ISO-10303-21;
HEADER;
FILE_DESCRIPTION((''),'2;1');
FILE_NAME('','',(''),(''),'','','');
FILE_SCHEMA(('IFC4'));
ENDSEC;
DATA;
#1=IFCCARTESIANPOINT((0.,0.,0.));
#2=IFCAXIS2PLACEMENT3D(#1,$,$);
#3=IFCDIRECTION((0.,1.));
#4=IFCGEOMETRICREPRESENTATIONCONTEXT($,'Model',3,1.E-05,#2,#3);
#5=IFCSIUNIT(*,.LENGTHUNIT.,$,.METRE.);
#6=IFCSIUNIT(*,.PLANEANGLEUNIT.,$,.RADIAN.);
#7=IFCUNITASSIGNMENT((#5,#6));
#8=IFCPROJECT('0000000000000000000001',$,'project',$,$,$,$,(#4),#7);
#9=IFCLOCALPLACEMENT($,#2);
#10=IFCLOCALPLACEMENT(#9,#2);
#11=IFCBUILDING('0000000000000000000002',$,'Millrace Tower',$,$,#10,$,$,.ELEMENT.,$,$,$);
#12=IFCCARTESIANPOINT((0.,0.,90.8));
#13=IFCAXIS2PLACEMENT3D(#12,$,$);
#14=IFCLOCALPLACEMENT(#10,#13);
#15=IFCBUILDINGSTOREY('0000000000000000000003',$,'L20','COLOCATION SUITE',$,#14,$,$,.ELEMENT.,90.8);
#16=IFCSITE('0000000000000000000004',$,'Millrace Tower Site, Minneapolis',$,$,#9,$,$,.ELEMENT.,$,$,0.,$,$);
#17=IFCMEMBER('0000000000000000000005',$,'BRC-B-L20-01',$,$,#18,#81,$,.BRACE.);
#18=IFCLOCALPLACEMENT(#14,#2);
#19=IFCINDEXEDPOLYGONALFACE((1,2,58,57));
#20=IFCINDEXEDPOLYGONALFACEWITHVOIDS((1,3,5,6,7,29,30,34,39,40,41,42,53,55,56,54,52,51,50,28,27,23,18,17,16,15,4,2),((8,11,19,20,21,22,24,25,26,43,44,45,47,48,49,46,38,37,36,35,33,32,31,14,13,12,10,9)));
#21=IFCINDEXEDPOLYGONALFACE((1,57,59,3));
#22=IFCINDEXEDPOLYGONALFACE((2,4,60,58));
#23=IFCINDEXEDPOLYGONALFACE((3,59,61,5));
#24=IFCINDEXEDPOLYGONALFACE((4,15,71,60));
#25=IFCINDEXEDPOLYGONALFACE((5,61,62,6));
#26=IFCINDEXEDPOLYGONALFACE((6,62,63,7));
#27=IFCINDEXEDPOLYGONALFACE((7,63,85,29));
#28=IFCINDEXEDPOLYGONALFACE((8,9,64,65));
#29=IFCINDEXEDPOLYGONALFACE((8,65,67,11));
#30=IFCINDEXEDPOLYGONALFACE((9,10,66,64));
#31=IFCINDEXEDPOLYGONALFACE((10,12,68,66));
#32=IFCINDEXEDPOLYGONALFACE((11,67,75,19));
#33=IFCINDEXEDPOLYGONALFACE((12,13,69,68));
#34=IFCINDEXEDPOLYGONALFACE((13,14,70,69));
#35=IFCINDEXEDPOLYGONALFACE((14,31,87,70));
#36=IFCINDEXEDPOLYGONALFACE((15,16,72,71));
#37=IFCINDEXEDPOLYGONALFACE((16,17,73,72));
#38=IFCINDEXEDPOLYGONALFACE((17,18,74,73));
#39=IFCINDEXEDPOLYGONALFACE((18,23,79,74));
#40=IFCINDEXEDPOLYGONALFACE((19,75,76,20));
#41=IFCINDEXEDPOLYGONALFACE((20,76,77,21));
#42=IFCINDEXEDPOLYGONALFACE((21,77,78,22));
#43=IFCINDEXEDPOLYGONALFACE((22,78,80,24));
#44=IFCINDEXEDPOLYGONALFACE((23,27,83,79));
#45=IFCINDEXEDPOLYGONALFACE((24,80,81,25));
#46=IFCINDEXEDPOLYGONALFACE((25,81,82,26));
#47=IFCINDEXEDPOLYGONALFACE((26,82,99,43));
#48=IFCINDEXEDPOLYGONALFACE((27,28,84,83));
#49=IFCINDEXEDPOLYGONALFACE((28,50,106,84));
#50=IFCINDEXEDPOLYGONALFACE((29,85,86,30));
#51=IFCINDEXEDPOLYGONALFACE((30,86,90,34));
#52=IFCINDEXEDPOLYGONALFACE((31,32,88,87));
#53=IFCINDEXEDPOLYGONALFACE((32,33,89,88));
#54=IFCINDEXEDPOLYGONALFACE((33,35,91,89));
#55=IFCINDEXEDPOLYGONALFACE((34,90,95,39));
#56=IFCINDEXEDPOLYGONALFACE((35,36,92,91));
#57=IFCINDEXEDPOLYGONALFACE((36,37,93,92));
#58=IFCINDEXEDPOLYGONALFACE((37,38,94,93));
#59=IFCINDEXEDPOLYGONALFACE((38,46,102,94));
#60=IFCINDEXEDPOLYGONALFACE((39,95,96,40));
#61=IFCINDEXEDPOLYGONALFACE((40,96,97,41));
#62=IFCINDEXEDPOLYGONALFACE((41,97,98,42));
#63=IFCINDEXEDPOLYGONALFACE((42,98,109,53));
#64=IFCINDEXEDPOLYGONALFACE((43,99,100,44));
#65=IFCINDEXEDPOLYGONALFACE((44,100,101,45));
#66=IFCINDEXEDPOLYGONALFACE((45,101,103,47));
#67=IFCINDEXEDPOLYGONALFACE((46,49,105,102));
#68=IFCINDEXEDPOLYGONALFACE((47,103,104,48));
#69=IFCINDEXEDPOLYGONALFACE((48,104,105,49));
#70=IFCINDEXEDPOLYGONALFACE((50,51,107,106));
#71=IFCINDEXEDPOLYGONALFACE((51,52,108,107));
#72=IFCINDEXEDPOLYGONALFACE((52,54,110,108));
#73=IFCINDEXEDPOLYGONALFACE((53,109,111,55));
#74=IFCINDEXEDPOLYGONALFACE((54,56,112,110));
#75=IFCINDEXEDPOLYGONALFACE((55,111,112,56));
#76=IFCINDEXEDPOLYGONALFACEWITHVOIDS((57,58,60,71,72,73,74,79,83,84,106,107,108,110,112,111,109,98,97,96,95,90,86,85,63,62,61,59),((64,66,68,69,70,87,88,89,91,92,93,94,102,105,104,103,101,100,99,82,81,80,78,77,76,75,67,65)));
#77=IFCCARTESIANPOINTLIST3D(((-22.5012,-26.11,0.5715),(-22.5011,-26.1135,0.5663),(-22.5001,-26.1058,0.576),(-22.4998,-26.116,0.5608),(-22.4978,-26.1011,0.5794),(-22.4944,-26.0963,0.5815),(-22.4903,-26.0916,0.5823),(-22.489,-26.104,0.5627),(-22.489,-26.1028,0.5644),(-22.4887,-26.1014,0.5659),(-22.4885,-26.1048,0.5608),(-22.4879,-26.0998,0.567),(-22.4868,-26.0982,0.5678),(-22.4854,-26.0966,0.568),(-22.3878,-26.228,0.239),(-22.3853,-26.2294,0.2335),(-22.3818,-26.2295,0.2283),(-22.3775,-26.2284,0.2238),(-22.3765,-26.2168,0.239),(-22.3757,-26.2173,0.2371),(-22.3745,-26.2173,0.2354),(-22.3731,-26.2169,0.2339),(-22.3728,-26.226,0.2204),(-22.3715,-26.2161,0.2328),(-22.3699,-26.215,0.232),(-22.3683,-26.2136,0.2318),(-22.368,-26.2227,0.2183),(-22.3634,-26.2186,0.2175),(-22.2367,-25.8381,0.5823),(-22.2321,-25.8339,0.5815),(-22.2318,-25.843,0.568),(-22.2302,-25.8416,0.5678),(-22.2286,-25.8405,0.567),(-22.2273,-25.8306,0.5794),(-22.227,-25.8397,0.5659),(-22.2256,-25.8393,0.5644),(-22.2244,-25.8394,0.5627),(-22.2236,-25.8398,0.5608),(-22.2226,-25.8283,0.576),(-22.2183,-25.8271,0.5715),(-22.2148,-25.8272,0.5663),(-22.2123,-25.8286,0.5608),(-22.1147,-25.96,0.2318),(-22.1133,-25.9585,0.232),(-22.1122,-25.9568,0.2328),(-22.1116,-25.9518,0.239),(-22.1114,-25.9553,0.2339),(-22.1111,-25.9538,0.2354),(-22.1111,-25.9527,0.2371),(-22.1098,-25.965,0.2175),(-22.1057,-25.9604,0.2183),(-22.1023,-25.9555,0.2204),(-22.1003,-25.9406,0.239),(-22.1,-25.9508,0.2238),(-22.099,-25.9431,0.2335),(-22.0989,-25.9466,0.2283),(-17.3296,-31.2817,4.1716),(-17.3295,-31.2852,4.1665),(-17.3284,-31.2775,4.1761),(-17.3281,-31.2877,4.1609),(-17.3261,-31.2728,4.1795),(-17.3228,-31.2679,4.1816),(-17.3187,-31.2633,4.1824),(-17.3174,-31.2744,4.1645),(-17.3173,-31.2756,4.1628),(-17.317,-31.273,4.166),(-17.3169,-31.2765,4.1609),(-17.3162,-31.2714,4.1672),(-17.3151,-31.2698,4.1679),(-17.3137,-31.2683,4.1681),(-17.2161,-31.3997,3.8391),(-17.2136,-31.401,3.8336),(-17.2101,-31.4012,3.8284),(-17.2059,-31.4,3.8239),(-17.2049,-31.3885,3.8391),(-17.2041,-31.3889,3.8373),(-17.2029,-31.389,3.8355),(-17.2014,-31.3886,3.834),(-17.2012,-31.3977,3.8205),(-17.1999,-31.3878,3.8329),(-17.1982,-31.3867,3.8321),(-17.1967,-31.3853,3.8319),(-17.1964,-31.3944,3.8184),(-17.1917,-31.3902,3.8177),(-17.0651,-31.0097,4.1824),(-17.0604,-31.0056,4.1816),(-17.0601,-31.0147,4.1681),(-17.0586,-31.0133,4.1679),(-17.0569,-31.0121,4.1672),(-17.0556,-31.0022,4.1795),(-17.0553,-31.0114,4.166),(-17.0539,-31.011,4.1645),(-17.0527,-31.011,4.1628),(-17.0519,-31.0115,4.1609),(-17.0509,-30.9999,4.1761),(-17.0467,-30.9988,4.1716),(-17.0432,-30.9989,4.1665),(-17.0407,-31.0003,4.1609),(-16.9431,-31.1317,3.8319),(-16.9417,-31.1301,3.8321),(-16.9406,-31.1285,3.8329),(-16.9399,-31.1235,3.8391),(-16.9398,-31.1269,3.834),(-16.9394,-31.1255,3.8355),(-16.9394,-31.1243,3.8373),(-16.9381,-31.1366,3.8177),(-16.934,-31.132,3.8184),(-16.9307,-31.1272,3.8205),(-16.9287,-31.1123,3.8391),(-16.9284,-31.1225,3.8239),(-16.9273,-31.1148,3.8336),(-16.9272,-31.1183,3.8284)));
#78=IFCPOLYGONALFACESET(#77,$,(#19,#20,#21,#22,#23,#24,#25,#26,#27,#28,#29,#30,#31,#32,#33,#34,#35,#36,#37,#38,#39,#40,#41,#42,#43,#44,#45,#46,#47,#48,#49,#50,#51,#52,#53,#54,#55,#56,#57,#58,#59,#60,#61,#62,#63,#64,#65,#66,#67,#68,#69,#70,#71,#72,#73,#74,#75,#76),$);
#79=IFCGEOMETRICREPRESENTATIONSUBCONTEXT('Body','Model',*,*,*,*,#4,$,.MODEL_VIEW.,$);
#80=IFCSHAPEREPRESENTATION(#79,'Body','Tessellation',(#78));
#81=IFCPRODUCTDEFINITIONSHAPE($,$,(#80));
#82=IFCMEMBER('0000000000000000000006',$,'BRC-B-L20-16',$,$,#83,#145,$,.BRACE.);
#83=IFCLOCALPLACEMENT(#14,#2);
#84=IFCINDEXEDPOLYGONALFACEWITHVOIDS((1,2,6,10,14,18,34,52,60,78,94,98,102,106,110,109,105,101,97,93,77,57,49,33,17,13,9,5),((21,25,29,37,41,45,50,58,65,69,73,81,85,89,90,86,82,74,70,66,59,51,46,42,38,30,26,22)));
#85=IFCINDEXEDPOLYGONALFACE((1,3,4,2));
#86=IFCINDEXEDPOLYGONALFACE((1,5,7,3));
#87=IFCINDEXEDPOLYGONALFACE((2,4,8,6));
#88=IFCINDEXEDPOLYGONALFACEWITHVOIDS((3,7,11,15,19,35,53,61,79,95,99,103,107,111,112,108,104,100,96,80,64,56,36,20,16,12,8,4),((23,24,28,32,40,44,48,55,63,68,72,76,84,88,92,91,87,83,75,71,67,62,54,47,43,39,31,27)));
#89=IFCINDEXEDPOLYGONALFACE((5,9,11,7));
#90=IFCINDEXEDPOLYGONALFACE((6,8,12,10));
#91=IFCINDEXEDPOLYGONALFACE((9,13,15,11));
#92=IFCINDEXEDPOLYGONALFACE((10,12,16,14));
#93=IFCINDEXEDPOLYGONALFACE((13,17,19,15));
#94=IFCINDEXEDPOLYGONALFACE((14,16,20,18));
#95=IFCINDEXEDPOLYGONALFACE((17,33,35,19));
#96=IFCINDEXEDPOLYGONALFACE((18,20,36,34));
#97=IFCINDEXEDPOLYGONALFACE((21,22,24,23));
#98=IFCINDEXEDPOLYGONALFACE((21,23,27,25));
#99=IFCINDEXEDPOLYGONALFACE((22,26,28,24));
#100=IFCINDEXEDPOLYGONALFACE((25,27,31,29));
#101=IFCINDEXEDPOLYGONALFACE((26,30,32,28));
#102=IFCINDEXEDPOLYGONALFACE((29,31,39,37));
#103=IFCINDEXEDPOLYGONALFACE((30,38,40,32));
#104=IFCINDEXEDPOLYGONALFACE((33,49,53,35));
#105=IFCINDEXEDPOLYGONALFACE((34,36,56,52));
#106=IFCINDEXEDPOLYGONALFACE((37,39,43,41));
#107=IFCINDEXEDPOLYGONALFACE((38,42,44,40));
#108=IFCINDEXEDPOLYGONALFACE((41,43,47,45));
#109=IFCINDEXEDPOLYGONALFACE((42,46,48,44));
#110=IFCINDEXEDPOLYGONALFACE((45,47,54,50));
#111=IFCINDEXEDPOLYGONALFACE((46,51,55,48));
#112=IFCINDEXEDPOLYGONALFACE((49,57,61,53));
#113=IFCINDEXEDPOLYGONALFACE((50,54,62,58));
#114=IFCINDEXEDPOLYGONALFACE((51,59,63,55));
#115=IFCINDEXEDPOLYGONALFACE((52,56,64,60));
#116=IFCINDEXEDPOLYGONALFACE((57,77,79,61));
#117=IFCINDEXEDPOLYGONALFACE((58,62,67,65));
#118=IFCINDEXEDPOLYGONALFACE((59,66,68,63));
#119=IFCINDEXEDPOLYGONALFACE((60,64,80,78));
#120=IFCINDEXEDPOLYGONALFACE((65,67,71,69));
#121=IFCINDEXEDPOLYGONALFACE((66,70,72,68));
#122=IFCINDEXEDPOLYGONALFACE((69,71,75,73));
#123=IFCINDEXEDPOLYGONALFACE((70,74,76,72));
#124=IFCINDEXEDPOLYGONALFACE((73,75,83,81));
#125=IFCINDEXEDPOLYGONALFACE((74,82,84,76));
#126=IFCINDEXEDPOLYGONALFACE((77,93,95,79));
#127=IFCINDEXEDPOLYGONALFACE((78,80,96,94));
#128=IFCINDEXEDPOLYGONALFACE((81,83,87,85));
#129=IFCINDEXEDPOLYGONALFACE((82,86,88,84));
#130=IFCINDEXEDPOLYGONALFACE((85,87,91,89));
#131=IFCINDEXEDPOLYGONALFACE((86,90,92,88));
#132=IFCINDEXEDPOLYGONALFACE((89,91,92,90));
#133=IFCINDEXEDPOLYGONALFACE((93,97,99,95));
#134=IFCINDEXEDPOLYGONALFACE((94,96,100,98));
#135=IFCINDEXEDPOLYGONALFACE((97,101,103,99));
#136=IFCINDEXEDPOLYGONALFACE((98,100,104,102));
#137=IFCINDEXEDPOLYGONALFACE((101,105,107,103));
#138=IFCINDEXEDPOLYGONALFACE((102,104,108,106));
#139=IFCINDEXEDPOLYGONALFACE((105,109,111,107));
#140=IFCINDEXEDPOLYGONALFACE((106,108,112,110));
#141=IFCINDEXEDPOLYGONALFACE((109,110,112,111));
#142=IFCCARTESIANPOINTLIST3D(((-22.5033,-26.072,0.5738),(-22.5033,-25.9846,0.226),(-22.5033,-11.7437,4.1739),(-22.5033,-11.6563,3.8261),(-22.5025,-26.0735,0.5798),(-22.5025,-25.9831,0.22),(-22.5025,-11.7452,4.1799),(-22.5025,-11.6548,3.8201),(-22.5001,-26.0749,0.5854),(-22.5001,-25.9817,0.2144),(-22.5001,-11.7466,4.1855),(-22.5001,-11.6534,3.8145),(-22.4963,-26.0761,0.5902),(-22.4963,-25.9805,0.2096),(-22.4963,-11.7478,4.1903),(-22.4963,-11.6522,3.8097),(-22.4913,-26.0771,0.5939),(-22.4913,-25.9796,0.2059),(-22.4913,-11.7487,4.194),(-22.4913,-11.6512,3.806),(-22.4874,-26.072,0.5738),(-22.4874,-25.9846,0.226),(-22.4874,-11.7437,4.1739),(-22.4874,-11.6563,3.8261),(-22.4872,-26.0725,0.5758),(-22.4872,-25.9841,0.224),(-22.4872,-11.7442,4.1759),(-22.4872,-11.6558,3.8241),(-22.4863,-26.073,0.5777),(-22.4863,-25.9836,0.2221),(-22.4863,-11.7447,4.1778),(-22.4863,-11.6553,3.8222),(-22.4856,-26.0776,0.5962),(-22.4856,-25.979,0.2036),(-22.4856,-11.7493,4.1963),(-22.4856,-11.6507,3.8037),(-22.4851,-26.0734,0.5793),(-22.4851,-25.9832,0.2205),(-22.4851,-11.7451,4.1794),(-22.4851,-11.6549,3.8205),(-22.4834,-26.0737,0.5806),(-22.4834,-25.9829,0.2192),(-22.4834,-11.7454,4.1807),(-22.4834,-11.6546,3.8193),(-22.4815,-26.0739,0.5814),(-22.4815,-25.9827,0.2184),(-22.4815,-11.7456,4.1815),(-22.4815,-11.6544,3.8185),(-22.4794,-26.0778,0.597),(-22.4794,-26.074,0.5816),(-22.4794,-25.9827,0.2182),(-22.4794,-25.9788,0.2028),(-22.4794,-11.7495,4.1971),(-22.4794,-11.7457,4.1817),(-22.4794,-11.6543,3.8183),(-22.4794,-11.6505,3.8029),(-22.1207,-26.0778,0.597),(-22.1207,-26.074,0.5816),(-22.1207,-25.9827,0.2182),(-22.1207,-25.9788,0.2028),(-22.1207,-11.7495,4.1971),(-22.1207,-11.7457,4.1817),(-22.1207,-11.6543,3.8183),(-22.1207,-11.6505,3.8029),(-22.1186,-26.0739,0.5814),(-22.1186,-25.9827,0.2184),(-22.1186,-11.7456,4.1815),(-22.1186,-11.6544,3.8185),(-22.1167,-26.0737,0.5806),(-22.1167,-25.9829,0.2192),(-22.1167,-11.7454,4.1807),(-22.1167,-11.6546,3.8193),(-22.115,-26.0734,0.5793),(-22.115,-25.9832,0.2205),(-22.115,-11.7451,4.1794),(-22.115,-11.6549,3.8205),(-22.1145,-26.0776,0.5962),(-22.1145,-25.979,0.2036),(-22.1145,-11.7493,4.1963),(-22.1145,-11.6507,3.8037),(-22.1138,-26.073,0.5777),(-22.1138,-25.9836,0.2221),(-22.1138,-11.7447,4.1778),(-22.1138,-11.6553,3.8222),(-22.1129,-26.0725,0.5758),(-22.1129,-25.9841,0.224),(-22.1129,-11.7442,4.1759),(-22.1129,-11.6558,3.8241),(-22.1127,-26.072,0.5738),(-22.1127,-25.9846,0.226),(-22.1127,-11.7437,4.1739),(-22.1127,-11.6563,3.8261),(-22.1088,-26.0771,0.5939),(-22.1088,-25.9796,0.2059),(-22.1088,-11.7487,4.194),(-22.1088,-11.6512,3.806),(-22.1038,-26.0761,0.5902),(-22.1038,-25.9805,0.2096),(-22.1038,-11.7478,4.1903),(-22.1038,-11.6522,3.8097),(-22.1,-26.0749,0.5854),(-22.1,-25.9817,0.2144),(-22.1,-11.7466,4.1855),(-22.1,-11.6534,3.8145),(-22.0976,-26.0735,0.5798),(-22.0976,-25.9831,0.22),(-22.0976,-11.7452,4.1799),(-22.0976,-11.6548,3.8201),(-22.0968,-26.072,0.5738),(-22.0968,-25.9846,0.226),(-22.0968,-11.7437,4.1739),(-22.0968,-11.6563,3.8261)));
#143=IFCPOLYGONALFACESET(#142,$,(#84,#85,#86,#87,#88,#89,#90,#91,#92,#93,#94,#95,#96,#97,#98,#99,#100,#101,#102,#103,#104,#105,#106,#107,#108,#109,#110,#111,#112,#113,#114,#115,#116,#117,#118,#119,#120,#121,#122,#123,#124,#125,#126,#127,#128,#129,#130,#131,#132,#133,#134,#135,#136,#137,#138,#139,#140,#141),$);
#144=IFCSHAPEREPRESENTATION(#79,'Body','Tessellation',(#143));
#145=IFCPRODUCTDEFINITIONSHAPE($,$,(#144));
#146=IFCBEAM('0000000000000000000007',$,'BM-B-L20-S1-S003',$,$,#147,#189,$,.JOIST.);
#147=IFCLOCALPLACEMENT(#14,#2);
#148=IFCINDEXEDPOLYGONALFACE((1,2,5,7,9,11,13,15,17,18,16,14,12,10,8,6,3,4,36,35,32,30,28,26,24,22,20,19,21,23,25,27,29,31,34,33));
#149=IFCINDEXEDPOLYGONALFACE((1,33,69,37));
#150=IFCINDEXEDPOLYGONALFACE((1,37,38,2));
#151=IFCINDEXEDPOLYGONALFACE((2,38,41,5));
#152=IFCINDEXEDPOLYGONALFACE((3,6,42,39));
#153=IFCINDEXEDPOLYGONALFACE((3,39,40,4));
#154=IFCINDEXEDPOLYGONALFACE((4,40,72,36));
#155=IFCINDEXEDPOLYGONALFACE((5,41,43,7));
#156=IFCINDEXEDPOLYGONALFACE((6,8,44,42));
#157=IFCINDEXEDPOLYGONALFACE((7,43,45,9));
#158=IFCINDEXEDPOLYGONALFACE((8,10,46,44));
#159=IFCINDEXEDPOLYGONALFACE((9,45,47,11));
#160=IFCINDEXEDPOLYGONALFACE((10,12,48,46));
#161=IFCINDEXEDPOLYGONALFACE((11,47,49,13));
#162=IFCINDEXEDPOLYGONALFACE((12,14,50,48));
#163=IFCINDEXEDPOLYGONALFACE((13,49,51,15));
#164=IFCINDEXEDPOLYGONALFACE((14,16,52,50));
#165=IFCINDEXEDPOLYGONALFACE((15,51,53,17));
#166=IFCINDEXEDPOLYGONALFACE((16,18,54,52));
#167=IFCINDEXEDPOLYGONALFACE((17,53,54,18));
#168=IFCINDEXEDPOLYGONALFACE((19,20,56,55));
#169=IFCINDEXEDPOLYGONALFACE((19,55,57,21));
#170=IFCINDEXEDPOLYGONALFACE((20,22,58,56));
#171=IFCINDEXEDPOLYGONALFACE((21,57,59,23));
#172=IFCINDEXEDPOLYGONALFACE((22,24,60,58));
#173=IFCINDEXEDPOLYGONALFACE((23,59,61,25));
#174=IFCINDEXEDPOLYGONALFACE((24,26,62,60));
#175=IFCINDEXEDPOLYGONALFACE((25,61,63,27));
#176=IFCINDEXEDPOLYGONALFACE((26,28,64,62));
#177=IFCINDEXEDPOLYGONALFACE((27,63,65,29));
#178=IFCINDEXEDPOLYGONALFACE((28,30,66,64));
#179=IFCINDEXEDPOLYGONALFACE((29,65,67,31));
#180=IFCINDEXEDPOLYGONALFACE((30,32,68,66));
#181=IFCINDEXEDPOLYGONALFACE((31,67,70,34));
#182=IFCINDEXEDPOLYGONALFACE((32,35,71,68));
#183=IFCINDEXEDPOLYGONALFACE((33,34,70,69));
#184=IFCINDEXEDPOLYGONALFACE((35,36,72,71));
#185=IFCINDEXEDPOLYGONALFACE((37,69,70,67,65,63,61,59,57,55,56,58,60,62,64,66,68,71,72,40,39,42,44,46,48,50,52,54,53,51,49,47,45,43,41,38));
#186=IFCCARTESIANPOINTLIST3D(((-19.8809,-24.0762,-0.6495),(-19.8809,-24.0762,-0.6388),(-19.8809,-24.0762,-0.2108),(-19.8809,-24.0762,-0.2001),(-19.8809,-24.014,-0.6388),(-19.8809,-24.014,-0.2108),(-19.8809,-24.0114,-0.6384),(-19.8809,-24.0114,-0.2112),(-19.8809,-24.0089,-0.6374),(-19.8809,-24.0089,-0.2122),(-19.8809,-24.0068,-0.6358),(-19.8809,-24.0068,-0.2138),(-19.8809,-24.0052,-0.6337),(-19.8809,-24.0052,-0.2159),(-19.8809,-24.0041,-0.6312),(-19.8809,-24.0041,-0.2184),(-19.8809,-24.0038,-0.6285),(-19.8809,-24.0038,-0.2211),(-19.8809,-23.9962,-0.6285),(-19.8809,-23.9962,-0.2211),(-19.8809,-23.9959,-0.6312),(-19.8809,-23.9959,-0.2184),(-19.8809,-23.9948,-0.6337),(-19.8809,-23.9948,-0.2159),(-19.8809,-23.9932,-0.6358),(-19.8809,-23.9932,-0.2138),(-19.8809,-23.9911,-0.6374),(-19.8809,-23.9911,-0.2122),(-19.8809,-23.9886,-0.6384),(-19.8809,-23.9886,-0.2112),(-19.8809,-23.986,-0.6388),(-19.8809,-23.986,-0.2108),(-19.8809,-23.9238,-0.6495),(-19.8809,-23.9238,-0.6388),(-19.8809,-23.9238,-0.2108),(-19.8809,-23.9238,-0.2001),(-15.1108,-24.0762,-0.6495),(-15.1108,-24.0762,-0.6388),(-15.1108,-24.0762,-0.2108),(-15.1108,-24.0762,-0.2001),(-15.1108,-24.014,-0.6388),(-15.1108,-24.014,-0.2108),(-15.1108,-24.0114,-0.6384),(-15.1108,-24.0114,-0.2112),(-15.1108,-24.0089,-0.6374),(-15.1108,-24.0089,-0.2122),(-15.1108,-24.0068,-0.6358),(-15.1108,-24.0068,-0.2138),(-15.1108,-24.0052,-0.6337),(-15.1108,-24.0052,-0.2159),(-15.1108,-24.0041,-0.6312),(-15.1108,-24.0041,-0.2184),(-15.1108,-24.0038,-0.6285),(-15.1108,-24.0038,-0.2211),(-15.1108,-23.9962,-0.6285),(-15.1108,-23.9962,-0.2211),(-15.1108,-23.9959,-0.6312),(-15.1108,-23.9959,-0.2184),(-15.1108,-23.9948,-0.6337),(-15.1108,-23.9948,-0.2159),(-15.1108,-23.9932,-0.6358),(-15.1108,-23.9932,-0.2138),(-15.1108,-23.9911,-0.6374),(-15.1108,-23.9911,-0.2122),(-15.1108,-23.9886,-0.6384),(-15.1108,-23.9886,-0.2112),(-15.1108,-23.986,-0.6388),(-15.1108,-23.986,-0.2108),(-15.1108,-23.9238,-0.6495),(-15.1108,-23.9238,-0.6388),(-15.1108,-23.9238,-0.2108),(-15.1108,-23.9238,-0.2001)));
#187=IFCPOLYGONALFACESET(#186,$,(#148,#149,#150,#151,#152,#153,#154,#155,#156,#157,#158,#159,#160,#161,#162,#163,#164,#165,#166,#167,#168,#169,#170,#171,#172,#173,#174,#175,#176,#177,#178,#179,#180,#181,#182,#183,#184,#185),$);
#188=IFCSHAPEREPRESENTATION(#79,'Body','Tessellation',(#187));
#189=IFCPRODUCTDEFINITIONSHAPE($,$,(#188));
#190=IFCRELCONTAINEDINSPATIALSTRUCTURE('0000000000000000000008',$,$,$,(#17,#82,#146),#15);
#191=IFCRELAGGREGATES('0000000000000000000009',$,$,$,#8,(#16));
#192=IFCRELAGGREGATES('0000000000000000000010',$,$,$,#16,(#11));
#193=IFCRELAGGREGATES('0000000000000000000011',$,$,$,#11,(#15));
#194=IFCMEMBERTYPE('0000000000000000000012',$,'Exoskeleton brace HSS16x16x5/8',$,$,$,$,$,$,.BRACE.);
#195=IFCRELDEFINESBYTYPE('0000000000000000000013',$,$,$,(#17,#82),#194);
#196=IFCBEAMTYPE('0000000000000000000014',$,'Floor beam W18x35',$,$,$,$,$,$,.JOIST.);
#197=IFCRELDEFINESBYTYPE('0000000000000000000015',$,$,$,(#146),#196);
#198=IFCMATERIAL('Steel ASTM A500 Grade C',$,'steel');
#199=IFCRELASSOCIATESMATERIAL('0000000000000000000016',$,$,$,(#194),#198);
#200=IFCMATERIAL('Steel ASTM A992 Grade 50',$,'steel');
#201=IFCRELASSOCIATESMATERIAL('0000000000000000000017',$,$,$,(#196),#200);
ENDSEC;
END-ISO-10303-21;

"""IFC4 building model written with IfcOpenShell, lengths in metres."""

from ifc_helpers import new_model, si_unit, direction, frame, origin, origin_2d, place, context, subcontext, project, spatial, hollow_rectangle, i_section, extrude, material, material_profile, profile_set, type_object, element, save


model = new_model("IFC4")

# Units and contexts
model_context = context("Model", 3, precision=1e-05, world=origin(), true_north=direction((0.0, 1.0)))
body_context = subcontext(model_context, "Body", "Model", "MODEL_VIEW")
ifc_project = project(units=[si_unit("LENGTHUNIT", "METRE"), si_unit("PLANEANGLEUNIT", "RADIAN")], contexts=[model_context])

# Site, building, storey
site_placement = place(None, origin())
site = spatial("IfcSite", under=ifc_project, at=site_placement, Name="Millrace Tower Site, Minneapolis", CompositionType="ELEMENT", RefElevation=0.0)
building_placement = place(site_placement, origin())
building = spatial("IfcBuilding", under=site, at=building_placement, Name="Millrace Tower", CompositionType="ELEMENT")
storey_placement = place(building_placement, frame((0.0, 0.0, 90.8)))
storey = spatial("IfcBuildingStorey", under=building, at=storey_placement, Name="L20", Description="COLOCATION SUITE", CompositionType="ELEMENT", Elevation=90.8)

# Members
ifc_material_1 = material(Name="Steel ASTM A500 Grade C", Category="steel")
ifc_material_profile_1 = material_profile(ifc_material_1, hollow_rectangle(XDim=0.4065, YDim=0.4065, WallThickness=0.0159, InnerFilletRadius=0.0081, OuterFilletRadius=0.0239, at=origin_2d()))
ifc_profile_set_1 = profile_set([ifc_material_profile_1], Name="Steel ASTM A500 Grade C")
member_type_1 = type_object("IfcMemberType", Name="Exoskeleton brace HSS16x16x5/8", PredefinedType="BRACE", material=ifc_profile_set_1)
member_1_placement = place(storey_placement, frame((-22.3, -26.0283, 0.3999), z_axis=(0.634414, -0.634414, 0.441631), x_axis=(0.707107, 0.707107, 0.0)))
element("IfcMember", 1, at=member_1_placement, inside=storey, type_object=member_type_1, Name="BRC-B-L20-01", PredefinedType="BRACE", context=body_context, shape_type="SweptSolid", body=[
    extrude(hollow_rectangle(XDim=0.4065, YDim=0.4065, WallThickness=0.0159, InnerFilletRadius=0.0081, OuterFilletRadius=0.0239, at=origin_2d()), origin(), (0.0, 0.0, 1.0), 8.1519),
])
member_2_placement = place(storey_placement, frame((-22.3, -26.0283, 0.3999), z_axis=(0.0, 0.969855, 0.243683), x_axis=(-1.0, 0.0, 0.0)))
element("IfcMember", 2, at=member_2_placement, inside=storey, type_object=member_type_1, Name="BRC-B-L20-16", PredefinedType="BRACE", context=body_context, shape_type="SweptSolid", body=[
    extrude(hollow_rectangle(XDim=0.4065, YDim=0.4065, WallThickness=0.0159, InnerFilletRadius=0.0081, OuterFilletRadius=0.0239, at=origin_2d()), origin(), (0.0, 0.0, 1.0), 14.7737),
])

# Beam
ifc_material_2 = material(Name="Steel ASTM A992 Grade 50", Category="steel")
ifc_material_profile_2 = material_profile(ifc_material_2, i_section(OverallWidth=0.1523, OverallDepth=0.4495, WebThickness=0.0076, FlangeThickness=0.0107, FilletRadius=0.0103, at=origin_2d()))
ifc_profile_set_2 = profile_set([ifc_material_profile_2], Name="Steel ASTM A992 Grade 50")
beam_type_1 = type_object("IfcBeamType", Name="Floor beam W18x35", PredefinedType="JOIST", material=ifc_profile_set_2)
for number, where, z_axis, x_axis, name in (
    (3, (-19.8809, -24.0, -0.4248), (1.0, 0.0, 0.0), (0.0, 1.0, 0.0), "BM-B-L20-S1-S003"),
):
    element("IfcBeam", number, at=place(storey_placement, frame(where, z_axis=z_axis, x_axis=x_axis)), inside=storey, type_object=beam_type_1, Name=name, PredefinedType="JOIST", context=body_context, shape_type="SweptSolid", body=[
        extrude(i_section(OverallWidth=0.1523, OverallDepth=0.4495, WebThickness=0.0076, FlangeThickness=0.0107, FilletRadius=0.0103, at=origin_2d()), origin(), (0.0, 0.0, 1.0), 4.77),
    ])

save(model, "model.ifc")
